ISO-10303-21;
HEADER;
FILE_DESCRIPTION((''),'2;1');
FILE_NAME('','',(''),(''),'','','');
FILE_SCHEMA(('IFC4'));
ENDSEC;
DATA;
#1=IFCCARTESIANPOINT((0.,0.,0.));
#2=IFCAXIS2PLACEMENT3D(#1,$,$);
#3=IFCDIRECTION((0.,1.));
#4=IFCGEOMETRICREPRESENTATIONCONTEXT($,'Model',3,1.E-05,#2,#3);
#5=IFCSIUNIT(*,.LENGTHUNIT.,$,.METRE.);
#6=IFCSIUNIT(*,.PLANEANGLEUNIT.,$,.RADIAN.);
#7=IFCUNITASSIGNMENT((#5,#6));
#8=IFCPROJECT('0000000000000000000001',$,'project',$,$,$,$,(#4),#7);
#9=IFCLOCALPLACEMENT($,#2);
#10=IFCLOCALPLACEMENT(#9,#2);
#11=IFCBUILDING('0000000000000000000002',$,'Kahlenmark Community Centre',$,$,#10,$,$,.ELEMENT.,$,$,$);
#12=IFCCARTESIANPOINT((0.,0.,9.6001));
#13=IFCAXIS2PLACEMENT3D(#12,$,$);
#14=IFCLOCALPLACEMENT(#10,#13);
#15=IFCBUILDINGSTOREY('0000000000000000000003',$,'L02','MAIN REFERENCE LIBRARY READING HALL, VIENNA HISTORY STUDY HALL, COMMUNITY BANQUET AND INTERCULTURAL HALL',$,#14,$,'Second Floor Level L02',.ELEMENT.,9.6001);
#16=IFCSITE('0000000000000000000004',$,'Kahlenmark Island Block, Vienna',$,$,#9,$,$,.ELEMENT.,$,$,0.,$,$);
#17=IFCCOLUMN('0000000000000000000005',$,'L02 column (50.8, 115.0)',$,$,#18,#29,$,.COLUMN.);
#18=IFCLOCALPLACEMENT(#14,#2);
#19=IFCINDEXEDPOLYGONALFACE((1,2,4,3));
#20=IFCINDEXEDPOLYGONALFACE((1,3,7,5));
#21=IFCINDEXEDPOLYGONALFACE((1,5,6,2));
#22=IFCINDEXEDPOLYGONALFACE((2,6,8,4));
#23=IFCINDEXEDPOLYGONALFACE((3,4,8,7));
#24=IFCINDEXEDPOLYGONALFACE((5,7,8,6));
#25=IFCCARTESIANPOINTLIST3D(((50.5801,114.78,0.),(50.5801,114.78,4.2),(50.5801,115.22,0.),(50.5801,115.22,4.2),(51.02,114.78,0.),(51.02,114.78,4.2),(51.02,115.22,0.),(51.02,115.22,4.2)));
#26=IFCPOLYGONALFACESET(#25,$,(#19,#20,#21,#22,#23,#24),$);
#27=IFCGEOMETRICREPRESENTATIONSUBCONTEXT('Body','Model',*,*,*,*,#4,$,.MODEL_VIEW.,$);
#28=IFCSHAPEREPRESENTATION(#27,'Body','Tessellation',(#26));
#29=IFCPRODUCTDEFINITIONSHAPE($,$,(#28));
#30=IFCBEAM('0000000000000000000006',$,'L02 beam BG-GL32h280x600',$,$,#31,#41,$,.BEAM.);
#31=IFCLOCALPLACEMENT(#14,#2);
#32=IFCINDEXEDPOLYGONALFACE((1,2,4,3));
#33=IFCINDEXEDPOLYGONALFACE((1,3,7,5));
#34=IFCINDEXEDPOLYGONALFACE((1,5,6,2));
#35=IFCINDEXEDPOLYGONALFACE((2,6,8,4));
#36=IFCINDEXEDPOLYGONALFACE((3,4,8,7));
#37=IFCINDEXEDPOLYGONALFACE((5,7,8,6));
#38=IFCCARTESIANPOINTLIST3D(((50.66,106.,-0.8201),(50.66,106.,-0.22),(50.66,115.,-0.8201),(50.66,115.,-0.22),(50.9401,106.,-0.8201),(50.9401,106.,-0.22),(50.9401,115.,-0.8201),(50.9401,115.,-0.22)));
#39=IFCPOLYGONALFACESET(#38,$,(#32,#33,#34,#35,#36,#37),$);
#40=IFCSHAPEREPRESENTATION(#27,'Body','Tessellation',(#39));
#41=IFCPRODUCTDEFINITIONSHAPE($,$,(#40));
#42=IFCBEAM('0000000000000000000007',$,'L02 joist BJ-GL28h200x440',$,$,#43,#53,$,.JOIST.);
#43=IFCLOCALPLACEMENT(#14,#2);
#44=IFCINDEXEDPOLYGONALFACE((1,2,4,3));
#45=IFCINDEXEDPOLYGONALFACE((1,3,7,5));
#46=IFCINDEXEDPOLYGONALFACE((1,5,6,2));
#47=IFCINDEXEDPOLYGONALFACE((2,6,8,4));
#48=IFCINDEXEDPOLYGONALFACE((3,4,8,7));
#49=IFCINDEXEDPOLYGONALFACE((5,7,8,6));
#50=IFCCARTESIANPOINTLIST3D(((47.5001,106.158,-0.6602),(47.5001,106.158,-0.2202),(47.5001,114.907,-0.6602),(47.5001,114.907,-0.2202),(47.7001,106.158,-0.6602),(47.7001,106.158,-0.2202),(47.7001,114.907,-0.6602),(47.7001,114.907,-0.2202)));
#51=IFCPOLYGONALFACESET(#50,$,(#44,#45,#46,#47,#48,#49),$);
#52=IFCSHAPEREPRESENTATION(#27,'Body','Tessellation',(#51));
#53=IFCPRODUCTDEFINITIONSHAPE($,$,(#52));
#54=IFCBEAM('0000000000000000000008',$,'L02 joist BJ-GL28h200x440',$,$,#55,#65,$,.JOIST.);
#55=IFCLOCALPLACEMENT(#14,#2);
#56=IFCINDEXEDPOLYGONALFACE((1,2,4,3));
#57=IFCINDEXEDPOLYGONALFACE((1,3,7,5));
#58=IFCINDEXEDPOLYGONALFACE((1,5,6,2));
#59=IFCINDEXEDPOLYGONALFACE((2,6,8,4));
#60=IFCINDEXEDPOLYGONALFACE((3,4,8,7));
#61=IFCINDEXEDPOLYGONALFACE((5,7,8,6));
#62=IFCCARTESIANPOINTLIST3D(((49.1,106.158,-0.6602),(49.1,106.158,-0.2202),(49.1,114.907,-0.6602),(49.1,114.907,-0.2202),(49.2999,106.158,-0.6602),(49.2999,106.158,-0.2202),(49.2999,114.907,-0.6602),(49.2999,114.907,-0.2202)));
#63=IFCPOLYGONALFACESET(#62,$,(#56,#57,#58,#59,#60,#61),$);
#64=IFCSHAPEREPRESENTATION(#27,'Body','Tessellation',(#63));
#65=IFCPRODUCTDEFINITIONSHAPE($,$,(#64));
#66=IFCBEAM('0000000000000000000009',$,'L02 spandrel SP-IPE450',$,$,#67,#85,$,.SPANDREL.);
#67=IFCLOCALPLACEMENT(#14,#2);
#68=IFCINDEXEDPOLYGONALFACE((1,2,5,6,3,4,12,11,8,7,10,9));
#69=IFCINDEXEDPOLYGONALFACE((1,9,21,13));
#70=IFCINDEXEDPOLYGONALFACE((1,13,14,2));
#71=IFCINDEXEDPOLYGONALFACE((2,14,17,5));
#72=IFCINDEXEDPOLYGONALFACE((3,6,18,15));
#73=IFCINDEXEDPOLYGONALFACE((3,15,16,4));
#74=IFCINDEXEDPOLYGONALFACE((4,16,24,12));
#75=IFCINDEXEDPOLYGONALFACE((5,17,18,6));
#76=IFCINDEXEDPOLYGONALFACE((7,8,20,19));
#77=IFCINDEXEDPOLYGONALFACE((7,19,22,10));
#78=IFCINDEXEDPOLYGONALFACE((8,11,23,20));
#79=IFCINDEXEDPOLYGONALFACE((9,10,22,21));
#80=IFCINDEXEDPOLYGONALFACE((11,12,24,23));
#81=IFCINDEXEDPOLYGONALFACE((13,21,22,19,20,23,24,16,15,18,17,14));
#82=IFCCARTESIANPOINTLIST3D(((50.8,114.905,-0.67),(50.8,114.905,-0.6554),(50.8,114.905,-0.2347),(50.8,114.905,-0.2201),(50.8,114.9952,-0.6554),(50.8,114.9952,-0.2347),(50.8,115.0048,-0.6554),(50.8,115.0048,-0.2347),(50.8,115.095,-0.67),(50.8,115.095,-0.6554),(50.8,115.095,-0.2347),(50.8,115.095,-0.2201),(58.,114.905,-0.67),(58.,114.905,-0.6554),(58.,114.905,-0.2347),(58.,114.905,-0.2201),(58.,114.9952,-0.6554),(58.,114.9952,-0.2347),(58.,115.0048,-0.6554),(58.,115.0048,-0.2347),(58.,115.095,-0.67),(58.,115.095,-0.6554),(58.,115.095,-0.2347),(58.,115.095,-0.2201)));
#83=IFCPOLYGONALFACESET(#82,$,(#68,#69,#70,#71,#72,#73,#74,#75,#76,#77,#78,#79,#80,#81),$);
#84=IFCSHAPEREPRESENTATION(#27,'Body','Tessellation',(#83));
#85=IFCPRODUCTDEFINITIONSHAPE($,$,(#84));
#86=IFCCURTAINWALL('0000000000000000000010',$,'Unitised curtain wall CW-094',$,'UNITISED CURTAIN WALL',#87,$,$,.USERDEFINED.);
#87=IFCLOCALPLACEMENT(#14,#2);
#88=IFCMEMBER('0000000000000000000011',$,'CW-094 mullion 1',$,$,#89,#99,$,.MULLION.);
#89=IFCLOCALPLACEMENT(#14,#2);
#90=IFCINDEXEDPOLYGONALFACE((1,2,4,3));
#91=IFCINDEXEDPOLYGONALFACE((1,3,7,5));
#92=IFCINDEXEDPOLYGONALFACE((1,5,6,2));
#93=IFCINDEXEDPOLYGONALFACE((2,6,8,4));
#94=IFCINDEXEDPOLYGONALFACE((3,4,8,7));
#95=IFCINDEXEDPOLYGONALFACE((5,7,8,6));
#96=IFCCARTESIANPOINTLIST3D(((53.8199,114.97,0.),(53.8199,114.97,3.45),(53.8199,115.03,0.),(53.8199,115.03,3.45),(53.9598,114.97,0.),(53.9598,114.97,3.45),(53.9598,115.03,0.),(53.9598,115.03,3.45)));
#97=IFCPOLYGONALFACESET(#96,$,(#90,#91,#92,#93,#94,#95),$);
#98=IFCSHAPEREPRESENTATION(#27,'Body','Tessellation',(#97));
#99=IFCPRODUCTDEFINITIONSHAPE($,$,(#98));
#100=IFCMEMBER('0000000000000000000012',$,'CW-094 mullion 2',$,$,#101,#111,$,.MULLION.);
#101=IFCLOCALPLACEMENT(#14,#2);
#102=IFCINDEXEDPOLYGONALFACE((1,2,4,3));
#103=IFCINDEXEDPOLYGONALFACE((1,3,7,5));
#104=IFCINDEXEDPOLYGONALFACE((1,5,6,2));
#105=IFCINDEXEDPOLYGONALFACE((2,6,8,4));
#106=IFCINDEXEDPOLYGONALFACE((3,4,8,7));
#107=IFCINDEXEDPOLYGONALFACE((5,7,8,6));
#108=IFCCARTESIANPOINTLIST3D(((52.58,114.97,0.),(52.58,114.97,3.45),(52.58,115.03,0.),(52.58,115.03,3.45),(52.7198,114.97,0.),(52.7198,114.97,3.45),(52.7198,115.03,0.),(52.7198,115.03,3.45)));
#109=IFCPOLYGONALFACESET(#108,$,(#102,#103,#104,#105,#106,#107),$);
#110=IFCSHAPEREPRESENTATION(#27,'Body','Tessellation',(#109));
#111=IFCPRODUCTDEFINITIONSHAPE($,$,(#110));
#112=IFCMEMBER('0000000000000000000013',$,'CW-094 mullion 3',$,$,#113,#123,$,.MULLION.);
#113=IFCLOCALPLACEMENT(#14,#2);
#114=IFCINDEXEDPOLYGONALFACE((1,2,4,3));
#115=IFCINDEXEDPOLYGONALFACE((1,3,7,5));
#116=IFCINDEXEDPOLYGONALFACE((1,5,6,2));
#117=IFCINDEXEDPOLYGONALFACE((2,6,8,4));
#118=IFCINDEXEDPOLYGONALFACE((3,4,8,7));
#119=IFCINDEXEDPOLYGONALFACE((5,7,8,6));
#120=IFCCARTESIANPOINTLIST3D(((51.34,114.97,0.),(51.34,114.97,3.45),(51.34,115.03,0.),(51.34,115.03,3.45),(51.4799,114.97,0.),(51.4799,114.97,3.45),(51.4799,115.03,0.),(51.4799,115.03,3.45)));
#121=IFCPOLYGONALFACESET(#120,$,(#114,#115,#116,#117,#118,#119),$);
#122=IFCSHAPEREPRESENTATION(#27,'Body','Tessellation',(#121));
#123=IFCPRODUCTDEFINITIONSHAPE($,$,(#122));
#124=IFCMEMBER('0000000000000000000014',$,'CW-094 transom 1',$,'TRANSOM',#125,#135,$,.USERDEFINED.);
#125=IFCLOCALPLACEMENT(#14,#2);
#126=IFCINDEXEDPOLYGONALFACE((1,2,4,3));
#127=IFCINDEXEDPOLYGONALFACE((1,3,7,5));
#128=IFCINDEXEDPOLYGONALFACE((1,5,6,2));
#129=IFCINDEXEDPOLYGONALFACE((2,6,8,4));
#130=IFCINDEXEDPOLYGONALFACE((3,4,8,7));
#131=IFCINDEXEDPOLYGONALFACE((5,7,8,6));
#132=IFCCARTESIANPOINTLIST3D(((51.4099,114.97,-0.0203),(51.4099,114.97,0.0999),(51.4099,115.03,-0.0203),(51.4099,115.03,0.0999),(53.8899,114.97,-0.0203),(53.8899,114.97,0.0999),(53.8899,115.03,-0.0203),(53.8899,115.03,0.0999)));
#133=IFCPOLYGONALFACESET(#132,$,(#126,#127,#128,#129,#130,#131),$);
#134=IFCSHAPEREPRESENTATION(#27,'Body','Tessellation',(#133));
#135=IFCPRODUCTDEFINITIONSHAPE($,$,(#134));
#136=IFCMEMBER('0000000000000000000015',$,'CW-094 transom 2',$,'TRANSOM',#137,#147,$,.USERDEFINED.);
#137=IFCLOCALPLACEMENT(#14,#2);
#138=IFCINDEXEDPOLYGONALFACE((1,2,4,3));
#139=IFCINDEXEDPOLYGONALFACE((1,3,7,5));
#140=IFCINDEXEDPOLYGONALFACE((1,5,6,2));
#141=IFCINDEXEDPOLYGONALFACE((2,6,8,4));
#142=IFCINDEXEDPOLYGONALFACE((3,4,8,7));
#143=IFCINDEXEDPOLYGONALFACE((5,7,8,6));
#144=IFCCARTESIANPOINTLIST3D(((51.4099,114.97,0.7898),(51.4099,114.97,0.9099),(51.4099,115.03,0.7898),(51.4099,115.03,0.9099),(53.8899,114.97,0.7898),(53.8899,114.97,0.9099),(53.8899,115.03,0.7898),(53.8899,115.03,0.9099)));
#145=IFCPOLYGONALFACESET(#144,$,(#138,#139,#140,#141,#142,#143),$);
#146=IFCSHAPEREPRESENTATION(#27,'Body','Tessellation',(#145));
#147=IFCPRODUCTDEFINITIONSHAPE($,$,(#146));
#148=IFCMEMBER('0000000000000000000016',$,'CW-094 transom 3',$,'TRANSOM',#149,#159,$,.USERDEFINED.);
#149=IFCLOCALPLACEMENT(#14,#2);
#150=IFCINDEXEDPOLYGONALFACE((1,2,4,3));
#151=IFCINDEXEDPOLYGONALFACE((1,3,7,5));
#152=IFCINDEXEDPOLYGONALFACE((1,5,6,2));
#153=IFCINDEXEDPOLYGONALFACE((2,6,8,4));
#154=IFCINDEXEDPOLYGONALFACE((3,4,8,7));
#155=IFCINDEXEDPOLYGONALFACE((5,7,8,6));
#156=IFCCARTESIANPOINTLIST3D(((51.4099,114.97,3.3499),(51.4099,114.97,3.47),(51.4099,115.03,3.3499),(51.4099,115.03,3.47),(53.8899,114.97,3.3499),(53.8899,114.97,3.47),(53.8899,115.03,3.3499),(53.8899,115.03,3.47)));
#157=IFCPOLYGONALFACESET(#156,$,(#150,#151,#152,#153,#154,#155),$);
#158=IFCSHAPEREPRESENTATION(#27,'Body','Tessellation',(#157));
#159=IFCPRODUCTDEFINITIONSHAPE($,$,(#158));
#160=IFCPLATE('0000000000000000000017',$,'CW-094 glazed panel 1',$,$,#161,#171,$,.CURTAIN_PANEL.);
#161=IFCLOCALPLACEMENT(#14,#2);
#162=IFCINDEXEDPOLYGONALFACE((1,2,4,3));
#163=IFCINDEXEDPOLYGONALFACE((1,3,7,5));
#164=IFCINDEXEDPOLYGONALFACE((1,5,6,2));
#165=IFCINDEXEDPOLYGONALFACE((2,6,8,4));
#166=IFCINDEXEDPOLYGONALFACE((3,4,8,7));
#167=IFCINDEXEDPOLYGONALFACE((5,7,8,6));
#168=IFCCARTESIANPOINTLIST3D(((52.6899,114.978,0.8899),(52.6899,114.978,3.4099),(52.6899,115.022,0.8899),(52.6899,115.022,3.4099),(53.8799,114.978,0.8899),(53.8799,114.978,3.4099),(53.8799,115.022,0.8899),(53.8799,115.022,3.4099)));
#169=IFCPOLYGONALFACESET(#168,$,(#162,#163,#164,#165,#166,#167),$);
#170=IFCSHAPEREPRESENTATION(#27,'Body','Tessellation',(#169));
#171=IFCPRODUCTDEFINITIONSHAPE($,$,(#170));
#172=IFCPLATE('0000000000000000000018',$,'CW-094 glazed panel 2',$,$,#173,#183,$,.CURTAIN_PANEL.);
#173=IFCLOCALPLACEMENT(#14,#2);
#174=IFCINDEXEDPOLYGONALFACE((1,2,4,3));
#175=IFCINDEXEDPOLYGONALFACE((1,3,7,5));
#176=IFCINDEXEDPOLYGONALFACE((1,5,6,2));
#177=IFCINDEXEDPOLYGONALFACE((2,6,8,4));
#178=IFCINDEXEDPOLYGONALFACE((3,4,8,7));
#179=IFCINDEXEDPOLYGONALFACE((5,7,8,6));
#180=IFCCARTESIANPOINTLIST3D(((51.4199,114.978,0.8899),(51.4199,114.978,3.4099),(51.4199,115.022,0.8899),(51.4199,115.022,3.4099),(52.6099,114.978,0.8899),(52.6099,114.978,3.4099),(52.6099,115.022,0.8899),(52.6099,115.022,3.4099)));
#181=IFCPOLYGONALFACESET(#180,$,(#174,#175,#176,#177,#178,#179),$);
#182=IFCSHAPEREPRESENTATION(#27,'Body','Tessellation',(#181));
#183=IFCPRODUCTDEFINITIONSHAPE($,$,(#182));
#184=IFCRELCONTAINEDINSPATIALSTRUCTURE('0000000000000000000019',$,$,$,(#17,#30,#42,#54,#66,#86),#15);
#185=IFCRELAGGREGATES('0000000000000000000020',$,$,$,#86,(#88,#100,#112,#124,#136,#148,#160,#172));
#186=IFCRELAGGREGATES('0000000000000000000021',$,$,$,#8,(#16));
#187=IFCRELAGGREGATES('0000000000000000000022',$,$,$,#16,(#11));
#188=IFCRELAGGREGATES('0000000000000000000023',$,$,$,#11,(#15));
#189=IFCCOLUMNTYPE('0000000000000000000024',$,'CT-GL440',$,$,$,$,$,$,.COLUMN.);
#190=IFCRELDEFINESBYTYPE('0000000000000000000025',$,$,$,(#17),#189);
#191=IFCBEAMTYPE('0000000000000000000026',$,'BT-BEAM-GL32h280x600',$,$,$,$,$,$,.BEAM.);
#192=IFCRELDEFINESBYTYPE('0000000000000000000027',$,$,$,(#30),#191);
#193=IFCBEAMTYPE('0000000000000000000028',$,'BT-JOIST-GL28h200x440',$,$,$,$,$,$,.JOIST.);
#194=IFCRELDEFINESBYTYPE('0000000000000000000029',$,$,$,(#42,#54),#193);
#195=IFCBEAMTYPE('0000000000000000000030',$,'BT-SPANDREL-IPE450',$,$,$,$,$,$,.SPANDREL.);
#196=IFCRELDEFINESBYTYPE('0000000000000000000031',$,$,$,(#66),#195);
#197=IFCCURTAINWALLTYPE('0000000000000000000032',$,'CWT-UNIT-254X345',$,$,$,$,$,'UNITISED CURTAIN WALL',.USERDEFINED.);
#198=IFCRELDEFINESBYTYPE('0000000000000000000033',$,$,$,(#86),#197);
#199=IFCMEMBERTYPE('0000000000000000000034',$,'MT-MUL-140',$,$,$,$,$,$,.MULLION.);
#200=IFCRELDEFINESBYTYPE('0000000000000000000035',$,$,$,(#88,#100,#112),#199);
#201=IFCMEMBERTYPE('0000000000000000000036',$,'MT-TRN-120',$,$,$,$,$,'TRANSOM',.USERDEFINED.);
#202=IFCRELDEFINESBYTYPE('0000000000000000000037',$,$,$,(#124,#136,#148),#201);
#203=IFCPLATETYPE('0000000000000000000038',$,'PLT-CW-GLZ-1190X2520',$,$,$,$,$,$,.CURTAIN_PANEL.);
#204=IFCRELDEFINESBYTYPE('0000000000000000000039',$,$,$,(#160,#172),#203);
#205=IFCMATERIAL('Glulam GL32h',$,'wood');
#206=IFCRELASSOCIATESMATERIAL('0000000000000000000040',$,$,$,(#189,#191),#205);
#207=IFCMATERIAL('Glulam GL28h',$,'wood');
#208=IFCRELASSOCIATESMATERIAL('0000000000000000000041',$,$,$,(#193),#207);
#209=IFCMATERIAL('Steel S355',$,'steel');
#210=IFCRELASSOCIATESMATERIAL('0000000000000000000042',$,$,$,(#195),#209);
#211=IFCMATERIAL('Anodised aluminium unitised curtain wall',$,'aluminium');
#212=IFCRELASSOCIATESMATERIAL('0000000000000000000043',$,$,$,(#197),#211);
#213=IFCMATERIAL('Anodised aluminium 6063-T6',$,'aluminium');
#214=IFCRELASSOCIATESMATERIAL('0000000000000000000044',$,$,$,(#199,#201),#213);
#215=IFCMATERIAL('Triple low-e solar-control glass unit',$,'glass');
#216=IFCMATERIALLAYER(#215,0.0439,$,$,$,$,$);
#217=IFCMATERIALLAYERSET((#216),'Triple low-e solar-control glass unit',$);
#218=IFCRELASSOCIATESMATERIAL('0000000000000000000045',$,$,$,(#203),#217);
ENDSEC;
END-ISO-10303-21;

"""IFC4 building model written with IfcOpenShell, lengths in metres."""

from ifc_helpers import new_model, si_unit, direction, frame, origin, origin_2d, place, context, subcontext, project, spatial, rectangle, i_section, extrude, material, layer, layer_set, material_profile, profile_set, type_object, element, aggregate, save


model = new_model("IFC4")

# Units and contexts
model_context = context("Model", 3, precision=1e-05, world=origin(), true_north=direction((0.0, 1.0)))
body_context = subcontext(model_context, "Body", "Model", "MODEL_VIEW")
ifc_project = project(units=[si_unit("LENGTHUNIT", "METRE"), si_unit("PLANEANGLEUNIT", "RADIAN")], contexts=[model_context])

# Site, building, storey
site_placement = place(None, origin())
site = spatial("IfcSite", under=ifc_project, at=site_placement, Name="Kahlenmark Island Block, Vienna", CompositionType="ELEMENT", RefElevation=0.0)
building_placement = place(site_placement, origin())
building = spatial("IfcBuilding", under=site, at=building_placement, Name="Kahlenmark Community Centre", CompositionType="ELEMENT")
storey_placement = place(building_placement, frame((0.0, 0.0, 9.6001)))
storey = spatial("IfcBuildingStorey", under=building, at=storey_placement, Name="L02", Description="MAIN REFERENCE LIBRARY READING HALL, VIENNA HISTORY STUDY HALL, COMMUNITY BANQUET AND INTERCULTURAL HALL", LongName="Second Floor Level L02", CompositionType="ELEMENT", Elevation=9.6001)

# Column
ifc_material_1 = material(Name="Glulam GL32h", Category="wood")
ifc_material_profile_1 = material_profile(ifc_material_1, rectangle(XDim=0.4399, YDim=0.4399, at=origin_2d()), Name="GL32h 440x440")
ifc_profile_set_1 = profile_set([ifc_material_profile_1], Name="Glulam GL32h")
column_type = type_object("IfcColumnType", Name="CT-GL440", PredefinedType="COLUMN", material=ifc_profile_set_1)
column_placement = place(storey_placement, frame((50.8, 115.0, 0.0), z_axis=(0.0, 0.0, 1.0), x_axis=(1.0, 0.0, 0.0)))
element("IfcColumn", 1, at=column_placement, inside=storey, type_object=column_type, Name="L02 column (50.8, 115.0)", PredefinedType="COLUMN", context=body_context, shape_type="SweptSolid", body=[
    extrude(rectangle(XDim=0.4399, YDim=0.4399, at=origin_2d()), origin(), (0.0, 0.0, 1.0), 4.2),
])

# Beams
ifc_material_profile_2 = material_profile(ifc_material_1, rectangle(XDim=0.28, YDim=0.6001, at=origin_2d()), Name="GL32h 280x600")
ifc_profile_set_2 = profile_set([ifc_material_profile_2], Name="Glulam GL32h")
beam_type_1 = type_object("IfcBeamType", Name="BT-BEAM-GL32h280x600", PredefinedType="BEAM", material=ifc_profile_set_2)
beam_1_placement = place(storey_placement, frame((50.8, 106.0, -0.52), z_axis=(0.0, 1.0, 0.0), x_axis=(-1.0, 0.0, 0.0)))
element("IfcBeam", 2, at=beam_1_placement, inside=storey, type_object=beam_type_1, Name="L02 beam BG-GL32h280x600", PredefinedType="BEAM", context=body_context, shape_type="SweptSolid", body=[
    extrude(rectangle(XDim=0.28, YDim=0.6001, at=origin_2d()), origin(), (0.0, 0.0, 1.0), 9.0),
])
ifc_material_2 = material(Name="Glulam GL28h", Category="wood")
ifc_material_profile_3 = material_profile(ifc_material_2, rectangle(XDim=0.2, YDim=0.4399, at=origin_2d()), Name="GL28h 200x440")
ifc_profile_set_3 = profile_set([ifc_material_profile_3], Name="Glulam GL28h")
beam_type_2 = type_object("IfcBeamType", Name="BT-JOIST-GL28h200x440", PredefinedType="JOIST", material=ifc_profile_set_3)
for number, where, z_axis, x_axis, name in (
    (3, (47.6001, 106.158, -0.4402), (0.0, 1.0, 0.0), (-1.0, 0.0, 0.0), "L02 joist BJ-GL28h200x440"),
    (4, (49.2, 106.158, -0.4402), (0.0, 1.0, 0.0), (-1.0, 0.0, 0.0), "L02 joist BJ-GL28h200x440"),
):
    element("IfcBeam", number, at=place(storey_placement, frame(where, z_axis=z_axis, x_axis=x_axis)), inside=storey, type_object=beam_type_2, Name=name, PredefinedType="JOIST", context=body_context, shape_type="SweptSolid", body=[
        extrude(rectangle(XDim=0.2, YDim=0.4399, at=origin_2d()), origin(), (0.0, 0.0, 1.0), 8.749),
    ])
ifc_material_3 = material(Name="Steel S355", Category="steel")
ifc_material_profile_4 = material_profile(ifc_material_3, i_section(OverallWidth=0.1899, OverallDepth=0.45, WebThickness=0.0095, FlangeThickness=0.0146, at=origin_2d()), Name="IPE 450")
ifc_profile_set_4 = profile_set([ifc_material_profile_4], Name="Steel S355")
beam_type_3 = type_object("IfcBeamType", Name="BT-SPANDREL-IPE450", PredefinedType="SPANDREL", material=ifc_profile_set_4)
beam_2_placement = place(storey_placement, frame((50.8, 115.0, -0.4451), z_axis=(1.0, 0.0, 0.0), x_axis=(0.0, 1.0, 0.0)))
element("IfcBeam", 5, at=beam_2_placement, inside=storey, type_object=beam_type_3, Name="L02 spandrel SP-IPE450", PredefinedType="SPANDREL", context=body_context, shape_type="SweptSolid", body=[
    extrude(i_section(OverallWidth=0.1899, OverallDepth=0.45, WebThickness=0.0095, FlangeThickness=0.0146, at=origin_2d()), origin(), (0.0, 0.0, 1.0), 7.2),
])

# Curtain wall, members, plates
ifc_material_4 = material(Name="Anodised aluminium unitised curtain wall", Category="aluminium")
curtain_wall_type = type_object("IfcCurtainWallType", Name="CWT-UNIT-254X345", ElementType="UNITISED CURTAIN WALL", PredefinedType="USERDEFINED", material=ifc_material_4)
curtain_wall_placement = place(storey_placement, origin())
curtain_wall = element("IfcCurtainWall", 6, at=curtain_wall_placement, inside=storey, type_object=curtain_wall_type, Name="Unitised curtain wall CW-094", ObjectType="UNITISED CURTAIN WALL", PredefinedType="USERDEFINED")
ifc_material_5 = material(Name="Anodised aluminium 6063-T6", Category="aluminium")
ifc_material_profile_5 = material_profile(ifc_material_5, rectangle(XDim=0.0601, YDim=0.1399, at=origin_2d()), Name="ALU MULLION 60x140")
ifc_profile_set_5 = profile_set([ifc_material_profile_5], Name="Anodised aluminium 6063-T6")
member_type_1 = type_object("IfcMemberType", Name="MT-MUL-140", PredefinedType="MULLION", material=ifc_profile_set_5)
member_1_placement = place(storey_placement, frame((53.8899, 115.0, 0.0), z_axis=(0.0, 0.0, 1.0), x_axis=(0.0, -1.0, 0.0)))
member_1 = element("IfcMember", 7, at=member_1_placement, type_object=member_type_1, Name="CW-094 mullion 1", PredefinedType="MULLION", context=body_context, shape_type="SweptSolid", body=[
    extrude(rectangle(XDim=0.0601, YDim=0.1399, at=origin_2d()), origin(), (0.0, 0.0, 1.0), 3.45),
])
member_2_placement = place(storey_placement, frame((52.6499, 115.0, 0.0), z_axis=(0.0, 0.0, 1.0), x_axis=(0.0, -1.0, 0.0)))
member_2 = element("IfcMember", 8, at=member_2_placement, type_object=member_type_1, Name="CW-094 mullion 2", PredefinedType="MULLION", context=body_context, shape_type="SweptSolid", body=[
    extrude(rectangle(XDim=0.0601, YDim=0.1399, at=origin_2d()), origin(), (0.0, 0.0, 1.0), 3.45),
])
member_3_placement = place(storey_placement, frame((51.4099, 115.0, 0.0), z_axis=(0.0, 0.0, 1.0), x_axis=(0.0, -1.0, 0.0)))
member_3 = element("IfcMember", 9, at=member_3_placement, type_object=member_type_1, Name="CW-094 mullion 3", PredefinedType="MULLION", context=body_context, shape_type="SweptSolid", body=[
    extrude(rectangle(XDim=0.0601, YDim=0.1399, at=origin_2d()), origin(), (0.0, 0.0, 1.0), 3.45),
])
ifc_material_profile_6 = material_profile(ifc_material_5, rectangle(XDim=0.0601, YDim=0.1201, at=origin_2d()), Name="ALU TRANSOM 60x120")
ifc_profile_set_6 = profile_set([ifc_material_profile_6], Name="Anodised aluminium 6063-T6")
member_type_2 = type_object("IfcMemberType", Name="MT-TRN-120", ElementType="TRANSOM", PredefinedType="USERDEFINED", material=ifc_profile_set_6)
member_4_placement = place(storey_placement, frame((53.8899, 115.0, 0.0398), z_axis=(-1.0, 0.0, 0.0), x_axis=(0.0, -1.0, 0.0)))
member_4 = element("IfcMember", 10, at=member_4_placement, type_object=member_type_2, Name="CW-094 transom 1", ObjectType="TRANSOM", PredefinedType="USERDEFINED", context=body_context, shape_type="SweptSolid", body=[
    extrude(rectangle(XDim=0.0601, YDim=0.1201, at=origin_2d()), origin(), (0.0, 0.0, 1.0), 2.48),
])
member_5_placement = place(storey_placement, frame((53.8899, 115.0, 0.8499), z_axis=(-1.0, 0.0, 0.0), x_axis=(0.0, -1.0, 0.0)))
member_5 = element("IfcMember", 11, at=member_5_placement, type_object=member_type_2, Name="CW-094 transom 2", ObjectType="TRANSOM", PredefinedType="USERDEFINED", context=body_context, shape_type="SweptSolid", body=[
    extrude(rectangle(XDim=0.0601, YDim=0.1201, at=origin_2d()), origin(), (0.0, 0.0, 1.0), 2.48),
])
member_6_placement = place(storey_placement, frame((53.8899, 115.0, 3.4099), z_axis=(-1.0, 0.0, 0.0), x_axis=(0.0, -1.0, 0.0)))
member_6 = element("IfcMember", 12, at=member_6_placement, type_object=member_type_2, Name="CW-094 transom 3", ObjectType="TRANSOM", PredefinedType="USERDEFINED", context=body_context, shape_type="SweptSolid", body=[
    extrude(rectangle(XDim=0.0601, YDim=0.1201, at=origin_2d()), origin(), (0.0, 0.0, 1.0), 2.48),
])
ifc_material_6 = material(Name="Triple low-e solar-control glass unit", Category="glass")
ifc_layer_1 = layer(ifc_material_6, 0.0439)
ifc_layer_set_1 = layer_set([ifc_layer_1], Name="Triple low-e solar-control glass unit")
plate_type_1 = type_object("IfcPlateType", Name="PLT-CW-GLZ-1190X2520", PredefinedType="CURTAIN_PANEL", material=ifc_layer_set_1)
plate_1_placement = place(storey_placement, frame((53.2849, 115.0, 0.8899), z_axis=(0.0, 0.0, 1.0), x_axis=(-1.0, 0.0, 0.0)))
plate_1 = element("IfcPlate", 13, at=plate_1_placement, type_object=plate_type_1, Name="CW-094 glazed panel 1", PredefinedType="CURTAIN_PANEL", context=body_context, shape_type="SweptSolid", body=[
    extrude(rectangle(XDim=1.1899, YDim=0.0439, at=origin_2d()), origin(), (0.0, 0.0, 1.0), 2.52),
])
plate_2_placement = place(storey_placement, frame((52.0149, 115.0, 0.8899), z_axis=(0.0, 0.0, 1.0), x_axis=(-1.0, 0.0, 0.0)))
plate_2 = element("IfcPlate", 14, at=plate_2_placement, type_object=plate_type_1, Name="CW-094 glazed panel 2", PredefinedType="CURTAIN_PANEL", context=body_context, shape_type="SweptSolid", body=[
    extrude(rectangle(XDim=1.1899, YDim=0.0439, at=origin_2d()), origin(), (0.0, 0.0, 1.0), 2.52),
])
aggregate(curtain_wall, [member_1, member_2, member_3, member_4, member_5, member_6, plate_1, plate_2])

save(model, "model.ifc")
